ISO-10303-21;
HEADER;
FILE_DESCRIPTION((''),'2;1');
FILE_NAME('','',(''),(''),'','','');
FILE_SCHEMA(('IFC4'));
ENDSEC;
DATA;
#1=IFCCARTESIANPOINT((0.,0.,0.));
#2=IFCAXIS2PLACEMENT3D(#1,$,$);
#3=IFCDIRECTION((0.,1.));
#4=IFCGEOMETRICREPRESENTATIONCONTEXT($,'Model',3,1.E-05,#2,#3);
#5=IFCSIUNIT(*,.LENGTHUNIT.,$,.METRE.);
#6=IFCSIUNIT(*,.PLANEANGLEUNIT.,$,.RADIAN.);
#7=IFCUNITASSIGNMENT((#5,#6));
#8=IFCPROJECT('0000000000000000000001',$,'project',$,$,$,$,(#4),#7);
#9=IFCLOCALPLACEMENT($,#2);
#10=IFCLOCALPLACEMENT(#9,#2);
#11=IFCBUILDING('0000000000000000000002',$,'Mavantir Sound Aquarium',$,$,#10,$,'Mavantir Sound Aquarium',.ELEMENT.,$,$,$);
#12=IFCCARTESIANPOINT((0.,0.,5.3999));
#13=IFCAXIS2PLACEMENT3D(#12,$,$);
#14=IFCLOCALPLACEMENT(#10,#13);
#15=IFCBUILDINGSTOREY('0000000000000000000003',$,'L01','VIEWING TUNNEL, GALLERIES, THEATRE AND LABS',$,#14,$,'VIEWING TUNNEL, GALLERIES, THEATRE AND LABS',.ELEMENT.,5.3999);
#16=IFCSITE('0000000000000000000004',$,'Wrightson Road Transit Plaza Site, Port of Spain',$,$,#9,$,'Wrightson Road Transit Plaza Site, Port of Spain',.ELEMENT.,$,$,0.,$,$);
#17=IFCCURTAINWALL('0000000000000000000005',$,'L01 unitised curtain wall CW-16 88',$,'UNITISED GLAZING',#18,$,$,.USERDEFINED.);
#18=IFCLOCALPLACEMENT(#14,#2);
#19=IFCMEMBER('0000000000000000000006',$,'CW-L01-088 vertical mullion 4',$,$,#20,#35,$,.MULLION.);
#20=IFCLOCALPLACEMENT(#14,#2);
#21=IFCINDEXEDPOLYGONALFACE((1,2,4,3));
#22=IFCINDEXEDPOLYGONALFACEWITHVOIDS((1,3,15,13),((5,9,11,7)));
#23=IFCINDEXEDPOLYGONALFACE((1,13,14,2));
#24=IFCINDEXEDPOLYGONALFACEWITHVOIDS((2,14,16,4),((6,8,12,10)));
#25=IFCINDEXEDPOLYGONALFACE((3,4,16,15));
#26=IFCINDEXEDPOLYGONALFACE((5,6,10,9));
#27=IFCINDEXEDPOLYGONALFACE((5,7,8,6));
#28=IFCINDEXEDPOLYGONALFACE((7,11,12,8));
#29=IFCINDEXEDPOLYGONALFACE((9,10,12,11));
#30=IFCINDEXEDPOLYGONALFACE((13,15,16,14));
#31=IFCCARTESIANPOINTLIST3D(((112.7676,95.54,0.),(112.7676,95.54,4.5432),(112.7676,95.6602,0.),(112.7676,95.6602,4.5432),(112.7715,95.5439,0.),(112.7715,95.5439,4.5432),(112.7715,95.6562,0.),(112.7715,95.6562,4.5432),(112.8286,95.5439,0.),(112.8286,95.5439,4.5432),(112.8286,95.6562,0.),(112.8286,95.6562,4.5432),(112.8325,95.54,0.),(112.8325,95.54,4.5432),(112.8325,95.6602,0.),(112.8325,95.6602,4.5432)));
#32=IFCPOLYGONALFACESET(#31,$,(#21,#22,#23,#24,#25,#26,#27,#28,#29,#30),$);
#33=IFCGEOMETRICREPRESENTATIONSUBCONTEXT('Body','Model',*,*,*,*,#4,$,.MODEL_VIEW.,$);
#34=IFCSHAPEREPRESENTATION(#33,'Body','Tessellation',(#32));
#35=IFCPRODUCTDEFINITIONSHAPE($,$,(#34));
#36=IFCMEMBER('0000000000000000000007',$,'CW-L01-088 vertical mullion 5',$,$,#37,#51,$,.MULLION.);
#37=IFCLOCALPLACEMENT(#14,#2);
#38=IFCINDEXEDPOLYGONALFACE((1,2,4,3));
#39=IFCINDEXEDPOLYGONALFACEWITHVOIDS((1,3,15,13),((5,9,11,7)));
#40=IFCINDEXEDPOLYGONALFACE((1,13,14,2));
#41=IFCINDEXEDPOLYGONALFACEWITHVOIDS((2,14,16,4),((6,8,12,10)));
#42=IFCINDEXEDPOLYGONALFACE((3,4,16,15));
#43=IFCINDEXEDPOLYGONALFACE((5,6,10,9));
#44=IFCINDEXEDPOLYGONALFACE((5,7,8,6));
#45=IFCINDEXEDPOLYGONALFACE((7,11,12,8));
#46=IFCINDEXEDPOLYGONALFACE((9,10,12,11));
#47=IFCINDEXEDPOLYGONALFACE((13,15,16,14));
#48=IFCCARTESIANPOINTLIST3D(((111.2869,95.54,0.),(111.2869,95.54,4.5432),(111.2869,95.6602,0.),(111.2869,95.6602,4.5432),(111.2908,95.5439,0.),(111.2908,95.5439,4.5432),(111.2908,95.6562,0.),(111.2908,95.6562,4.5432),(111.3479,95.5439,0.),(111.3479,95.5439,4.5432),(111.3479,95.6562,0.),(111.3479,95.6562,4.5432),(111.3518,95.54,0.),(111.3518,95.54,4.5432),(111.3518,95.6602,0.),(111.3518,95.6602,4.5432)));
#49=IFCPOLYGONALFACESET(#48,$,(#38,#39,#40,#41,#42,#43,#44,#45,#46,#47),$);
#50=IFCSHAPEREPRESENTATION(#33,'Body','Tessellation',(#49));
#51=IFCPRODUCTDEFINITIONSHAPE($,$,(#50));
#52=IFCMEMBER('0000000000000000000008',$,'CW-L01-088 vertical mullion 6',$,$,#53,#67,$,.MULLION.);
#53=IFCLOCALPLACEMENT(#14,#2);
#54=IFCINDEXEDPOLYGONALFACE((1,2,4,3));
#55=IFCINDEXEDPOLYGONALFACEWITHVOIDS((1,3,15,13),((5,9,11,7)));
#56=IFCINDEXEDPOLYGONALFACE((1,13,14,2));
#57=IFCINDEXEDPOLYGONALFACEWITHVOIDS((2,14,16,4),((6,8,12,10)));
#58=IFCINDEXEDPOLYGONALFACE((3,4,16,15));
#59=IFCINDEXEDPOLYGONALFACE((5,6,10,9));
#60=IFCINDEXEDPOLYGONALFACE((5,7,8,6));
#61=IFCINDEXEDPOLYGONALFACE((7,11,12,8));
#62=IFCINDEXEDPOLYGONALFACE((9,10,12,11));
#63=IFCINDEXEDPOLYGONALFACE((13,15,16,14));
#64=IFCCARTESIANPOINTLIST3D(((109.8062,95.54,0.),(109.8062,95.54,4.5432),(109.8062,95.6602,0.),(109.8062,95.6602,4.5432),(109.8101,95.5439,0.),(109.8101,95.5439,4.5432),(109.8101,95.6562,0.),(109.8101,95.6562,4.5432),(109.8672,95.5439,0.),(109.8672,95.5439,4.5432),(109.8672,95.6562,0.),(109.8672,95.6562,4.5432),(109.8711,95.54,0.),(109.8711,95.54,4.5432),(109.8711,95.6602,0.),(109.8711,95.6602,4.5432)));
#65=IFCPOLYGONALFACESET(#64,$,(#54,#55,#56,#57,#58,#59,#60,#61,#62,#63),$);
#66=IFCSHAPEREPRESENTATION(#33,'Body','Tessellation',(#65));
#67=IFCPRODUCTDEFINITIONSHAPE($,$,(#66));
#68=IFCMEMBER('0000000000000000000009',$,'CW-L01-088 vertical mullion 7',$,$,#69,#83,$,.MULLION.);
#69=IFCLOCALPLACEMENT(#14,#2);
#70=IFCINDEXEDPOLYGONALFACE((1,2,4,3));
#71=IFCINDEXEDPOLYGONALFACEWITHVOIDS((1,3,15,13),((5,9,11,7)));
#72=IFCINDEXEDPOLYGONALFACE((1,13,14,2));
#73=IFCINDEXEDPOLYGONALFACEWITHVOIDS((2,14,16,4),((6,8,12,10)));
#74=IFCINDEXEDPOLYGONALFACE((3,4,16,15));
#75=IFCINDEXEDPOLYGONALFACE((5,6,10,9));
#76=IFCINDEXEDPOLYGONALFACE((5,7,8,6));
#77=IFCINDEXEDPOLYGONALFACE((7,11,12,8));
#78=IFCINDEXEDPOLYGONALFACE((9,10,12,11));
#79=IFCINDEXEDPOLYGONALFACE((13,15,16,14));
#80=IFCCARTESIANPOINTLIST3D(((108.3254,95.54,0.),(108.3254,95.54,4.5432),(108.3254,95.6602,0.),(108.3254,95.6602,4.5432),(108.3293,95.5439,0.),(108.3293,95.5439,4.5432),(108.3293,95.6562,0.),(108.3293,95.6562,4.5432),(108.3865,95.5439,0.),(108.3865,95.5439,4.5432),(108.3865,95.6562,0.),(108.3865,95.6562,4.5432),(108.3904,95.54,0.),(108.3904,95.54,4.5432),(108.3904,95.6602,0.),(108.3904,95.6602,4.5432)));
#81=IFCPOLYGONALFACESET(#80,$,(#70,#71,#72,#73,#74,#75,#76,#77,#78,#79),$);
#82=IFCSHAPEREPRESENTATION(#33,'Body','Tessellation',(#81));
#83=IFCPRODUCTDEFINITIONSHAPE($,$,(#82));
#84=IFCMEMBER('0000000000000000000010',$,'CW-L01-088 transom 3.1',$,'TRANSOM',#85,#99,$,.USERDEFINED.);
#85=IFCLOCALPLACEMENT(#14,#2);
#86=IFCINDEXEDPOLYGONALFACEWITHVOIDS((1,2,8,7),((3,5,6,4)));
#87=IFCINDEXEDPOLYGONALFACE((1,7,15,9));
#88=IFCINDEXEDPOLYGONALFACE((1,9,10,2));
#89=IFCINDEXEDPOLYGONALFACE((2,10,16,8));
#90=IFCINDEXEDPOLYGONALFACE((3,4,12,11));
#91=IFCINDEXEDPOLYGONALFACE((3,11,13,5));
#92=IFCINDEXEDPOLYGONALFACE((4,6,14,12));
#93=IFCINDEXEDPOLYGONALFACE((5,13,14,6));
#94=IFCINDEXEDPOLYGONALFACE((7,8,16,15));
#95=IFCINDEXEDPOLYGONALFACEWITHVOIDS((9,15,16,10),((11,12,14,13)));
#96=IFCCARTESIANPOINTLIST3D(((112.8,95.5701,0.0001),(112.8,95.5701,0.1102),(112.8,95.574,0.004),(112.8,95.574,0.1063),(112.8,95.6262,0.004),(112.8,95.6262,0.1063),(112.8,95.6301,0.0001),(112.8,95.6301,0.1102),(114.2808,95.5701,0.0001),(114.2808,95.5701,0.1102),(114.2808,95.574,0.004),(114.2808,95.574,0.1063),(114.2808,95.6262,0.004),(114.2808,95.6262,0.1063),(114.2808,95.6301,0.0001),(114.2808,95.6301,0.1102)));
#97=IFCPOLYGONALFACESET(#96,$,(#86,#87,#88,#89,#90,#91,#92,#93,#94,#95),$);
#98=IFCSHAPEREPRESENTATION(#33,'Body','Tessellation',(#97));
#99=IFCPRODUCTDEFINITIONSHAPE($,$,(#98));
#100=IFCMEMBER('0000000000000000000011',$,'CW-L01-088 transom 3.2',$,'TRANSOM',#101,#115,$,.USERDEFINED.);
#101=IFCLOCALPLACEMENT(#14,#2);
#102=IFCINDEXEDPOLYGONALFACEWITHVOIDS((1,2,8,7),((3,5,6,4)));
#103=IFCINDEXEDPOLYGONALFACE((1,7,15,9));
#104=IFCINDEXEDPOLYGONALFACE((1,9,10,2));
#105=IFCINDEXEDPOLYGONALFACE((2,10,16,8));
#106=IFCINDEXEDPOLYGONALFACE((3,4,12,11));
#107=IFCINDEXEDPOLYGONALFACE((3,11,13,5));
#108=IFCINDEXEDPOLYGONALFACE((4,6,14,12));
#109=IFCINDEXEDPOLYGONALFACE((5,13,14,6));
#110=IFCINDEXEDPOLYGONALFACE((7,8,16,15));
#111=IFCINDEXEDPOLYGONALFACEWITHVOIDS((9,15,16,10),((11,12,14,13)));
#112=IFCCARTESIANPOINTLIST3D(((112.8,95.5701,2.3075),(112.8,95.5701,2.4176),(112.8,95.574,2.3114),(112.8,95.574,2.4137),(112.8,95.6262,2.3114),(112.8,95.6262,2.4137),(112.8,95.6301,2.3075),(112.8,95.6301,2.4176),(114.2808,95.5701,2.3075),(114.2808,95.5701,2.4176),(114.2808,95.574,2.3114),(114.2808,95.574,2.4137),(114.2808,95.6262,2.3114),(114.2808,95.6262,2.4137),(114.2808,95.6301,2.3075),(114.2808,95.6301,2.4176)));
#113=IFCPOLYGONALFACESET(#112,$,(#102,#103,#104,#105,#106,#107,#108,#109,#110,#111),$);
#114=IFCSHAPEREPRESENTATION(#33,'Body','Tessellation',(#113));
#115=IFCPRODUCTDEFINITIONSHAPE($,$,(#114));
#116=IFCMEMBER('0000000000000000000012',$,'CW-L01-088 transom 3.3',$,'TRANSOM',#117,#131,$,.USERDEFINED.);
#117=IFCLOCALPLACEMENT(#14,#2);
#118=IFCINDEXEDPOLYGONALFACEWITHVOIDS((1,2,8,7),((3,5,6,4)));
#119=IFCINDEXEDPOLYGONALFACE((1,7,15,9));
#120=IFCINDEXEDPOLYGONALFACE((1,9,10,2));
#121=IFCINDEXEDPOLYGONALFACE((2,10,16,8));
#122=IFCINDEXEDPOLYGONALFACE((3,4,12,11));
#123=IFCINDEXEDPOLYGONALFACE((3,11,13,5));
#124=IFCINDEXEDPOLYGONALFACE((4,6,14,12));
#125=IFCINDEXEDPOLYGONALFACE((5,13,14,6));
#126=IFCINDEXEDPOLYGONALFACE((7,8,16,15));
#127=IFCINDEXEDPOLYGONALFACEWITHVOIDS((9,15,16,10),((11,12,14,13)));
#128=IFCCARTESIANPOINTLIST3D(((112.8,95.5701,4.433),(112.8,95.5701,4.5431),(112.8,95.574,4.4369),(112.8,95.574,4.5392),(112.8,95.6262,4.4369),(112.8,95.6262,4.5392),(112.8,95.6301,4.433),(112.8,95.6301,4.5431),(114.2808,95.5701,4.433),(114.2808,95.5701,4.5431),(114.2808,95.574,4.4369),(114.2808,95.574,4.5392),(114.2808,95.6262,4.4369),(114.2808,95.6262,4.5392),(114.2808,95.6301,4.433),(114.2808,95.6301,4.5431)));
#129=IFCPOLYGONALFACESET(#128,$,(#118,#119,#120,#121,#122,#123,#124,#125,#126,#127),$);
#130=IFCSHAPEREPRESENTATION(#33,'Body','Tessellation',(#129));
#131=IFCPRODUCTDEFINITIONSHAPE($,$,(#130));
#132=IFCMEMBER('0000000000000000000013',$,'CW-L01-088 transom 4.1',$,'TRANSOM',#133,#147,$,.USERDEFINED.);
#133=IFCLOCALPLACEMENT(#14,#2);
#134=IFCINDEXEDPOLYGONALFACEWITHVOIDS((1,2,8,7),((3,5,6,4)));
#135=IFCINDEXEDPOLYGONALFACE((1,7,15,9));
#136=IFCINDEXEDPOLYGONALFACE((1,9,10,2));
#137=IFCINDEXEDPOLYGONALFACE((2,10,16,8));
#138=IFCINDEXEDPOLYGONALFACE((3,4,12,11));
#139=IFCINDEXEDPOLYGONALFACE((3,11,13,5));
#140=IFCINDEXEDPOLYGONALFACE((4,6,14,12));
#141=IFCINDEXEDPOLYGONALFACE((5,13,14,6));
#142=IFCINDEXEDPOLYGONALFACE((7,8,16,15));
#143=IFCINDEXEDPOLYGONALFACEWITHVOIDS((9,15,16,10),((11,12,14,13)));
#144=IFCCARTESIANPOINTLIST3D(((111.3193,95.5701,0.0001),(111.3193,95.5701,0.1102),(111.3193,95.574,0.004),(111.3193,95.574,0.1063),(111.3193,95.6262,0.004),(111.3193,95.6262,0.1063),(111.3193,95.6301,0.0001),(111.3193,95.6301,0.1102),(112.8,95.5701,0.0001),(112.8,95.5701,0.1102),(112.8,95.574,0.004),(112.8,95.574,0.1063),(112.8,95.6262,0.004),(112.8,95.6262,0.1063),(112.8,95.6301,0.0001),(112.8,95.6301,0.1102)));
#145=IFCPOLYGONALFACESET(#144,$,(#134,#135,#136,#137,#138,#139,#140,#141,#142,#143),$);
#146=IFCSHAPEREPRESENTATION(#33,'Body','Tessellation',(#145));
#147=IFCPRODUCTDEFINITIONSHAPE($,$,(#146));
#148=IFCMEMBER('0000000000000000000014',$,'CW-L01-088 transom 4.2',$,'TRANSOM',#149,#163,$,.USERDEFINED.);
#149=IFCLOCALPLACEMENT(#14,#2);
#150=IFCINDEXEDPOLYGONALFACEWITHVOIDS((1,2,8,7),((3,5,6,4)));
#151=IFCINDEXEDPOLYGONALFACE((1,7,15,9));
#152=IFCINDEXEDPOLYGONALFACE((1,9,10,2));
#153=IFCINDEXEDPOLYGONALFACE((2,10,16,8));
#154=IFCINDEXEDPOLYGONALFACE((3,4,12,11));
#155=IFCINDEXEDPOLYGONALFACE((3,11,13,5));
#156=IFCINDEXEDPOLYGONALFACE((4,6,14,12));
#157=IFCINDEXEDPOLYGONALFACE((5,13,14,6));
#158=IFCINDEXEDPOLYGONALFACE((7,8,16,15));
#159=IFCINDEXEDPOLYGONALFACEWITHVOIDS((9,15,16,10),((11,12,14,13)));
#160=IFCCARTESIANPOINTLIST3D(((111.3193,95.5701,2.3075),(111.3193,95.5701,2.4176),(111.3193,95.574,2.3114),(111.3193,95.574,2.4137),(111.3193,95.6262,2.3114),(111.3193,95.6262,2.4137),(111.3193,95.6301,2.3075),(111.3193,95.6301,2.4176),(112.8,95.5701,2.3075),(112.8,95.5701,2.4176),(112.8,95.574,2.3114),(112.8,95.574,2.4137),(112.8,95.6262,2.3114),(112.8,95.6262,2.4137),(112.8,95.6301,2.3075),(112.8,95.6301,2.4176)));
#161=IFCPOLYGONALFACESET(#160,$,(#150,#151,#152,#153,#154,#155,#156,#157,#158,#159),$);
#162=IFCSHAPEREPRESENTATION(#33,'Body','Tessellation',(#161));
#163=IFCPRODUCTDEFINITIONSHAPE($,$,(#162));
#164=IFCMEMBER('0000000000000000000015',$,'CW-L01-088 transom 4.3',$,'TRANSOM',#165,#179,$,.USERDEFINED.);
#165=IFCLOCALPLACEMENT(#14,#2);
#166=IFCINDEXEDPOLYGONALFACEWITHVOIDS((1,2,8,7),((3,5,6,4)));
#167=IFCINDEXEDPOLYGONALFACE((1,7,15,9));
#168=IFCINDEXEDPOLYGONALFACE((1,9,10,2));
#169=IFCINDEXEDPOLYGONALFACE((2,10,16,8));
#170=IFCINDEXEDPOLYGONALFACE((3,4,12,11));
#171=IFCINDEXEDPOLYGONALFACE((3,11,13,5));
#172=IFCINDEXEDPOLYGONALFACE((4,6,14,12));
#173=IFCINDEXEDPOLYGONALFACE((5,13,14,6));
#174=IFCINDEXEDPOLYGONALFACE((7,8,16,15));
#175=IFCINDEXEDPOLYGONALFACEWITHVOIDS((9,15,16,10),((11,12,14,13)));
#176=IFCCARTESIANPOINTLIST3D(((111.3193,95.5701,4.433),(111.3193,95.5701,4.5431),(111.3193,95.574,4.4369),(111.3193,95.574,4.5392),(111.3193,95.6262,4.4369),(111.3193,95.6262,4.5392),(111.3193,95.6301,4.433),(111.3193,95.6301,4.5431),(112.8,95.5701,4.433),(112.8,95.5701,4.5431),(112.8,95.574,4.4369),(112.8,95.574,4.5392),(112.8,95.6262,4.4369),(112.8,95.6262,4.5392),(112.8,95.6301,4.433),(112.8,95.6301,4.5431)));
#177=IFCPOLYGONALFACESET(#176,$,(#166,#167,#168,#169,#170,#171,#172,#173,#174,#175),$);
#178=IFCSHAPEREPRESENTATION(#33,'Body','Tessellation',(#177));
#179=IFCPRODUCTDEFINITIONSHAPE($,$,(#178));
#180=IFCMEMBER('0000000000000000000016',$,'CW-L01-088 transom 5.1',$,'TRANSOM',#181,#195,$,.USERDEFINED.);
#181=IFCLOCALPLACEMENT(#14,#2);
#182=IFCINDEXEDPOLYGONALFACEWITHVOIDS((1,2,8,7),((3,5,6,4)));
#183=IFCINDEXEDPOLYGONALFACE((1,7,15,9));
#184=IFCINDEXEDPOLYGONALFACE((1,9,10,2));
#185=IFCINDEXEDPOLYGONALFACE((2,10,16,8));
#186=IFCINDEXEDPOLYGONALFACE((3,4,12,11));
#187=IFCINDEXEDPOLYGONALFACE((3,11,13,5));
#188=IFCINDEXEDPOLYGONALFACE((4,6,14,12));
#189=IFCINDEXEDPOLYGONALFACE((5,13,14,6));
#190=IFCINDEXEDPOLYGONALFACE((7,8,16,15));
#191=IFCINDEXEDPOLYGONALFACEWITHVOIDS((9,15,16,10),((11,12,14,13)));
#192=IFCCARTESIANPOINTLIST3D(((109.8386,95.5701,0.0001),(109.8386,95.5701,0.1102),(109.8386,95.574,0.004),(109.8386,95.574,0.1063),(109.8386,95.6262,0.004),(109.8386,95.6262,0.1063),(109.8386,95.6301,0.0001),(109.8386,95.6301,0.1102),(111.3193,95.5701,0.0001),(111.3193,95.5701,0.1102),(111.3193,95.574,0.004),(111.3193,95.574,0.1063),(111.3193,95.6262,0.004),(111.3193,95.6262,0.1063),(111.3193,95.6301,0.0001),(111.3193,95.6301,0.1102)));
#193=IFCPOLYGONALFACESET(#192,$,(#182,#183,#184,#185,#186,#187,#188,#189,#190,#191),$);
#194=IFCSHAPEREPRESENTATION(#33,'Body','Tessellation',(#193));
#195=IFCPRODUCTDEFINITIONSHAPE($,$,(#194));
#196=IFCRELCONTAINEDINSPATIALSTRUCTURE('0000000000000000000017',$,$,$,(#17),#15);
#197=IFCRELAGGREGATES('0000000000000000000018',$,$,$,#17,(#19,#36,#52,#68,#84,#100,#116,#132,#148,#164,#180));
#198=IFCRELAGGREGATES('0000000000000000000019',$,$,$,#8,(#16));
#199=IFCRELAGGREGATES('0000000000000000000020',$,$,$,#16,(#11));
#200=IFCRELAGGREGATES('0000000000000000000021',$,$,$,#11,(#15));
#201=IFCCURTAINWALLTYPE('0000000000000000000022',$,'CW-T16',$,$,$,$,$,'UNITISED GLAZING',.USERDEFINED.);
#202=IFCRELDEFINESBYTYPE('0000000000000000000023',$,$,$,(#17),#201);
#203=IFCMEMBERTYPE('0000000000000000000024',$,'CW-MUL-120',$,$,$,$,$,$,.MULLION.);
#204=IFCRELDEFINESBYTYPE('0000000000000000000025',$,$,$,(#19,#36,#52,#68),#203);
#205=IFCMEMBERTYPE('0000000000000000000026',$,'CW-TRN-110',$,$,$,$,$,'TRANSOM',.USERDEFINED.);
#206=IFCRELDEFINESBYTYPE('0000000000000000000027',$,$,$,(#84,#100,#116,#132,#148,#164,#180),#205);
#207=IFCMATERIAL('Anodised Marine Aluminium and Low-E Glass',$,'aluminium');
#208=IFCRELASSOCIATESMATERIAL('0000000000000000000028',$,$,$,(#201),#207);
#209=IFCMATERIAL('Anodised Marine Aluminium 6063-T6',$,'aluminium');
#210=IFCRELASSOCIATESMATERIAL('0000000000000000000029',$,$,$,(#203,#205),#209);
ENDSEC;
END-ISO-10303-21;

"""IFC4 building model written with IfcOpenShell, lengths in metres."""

from ifc_helpers import new_model, si_unit, direction, frame, origin, origin_2d, place, context, subcontext, project, spatial, hollow_rectangle, extrude, material, material_profile, profile_set, type_object, element, aggregate, save


model = new_model("IFC4")

# Units and contexts
model_context = context("Model", 3, precision=1e-05, world=origin(), true_north=direction((0.0, 1.0)))
body_context = subcontext(model_context, "Body", "Model", "MODEL_VIEW")
ifc_project = project(units=[si_unit("LENGTHUNIT", "METRE"), si_unit("PLANEANGLEUNIT", "RADIAN")], contexts=[model_context])

# Site, building, storey
site_placement = place(None, origin())
site = spatial("IfcSite", under=ifc_project, at=site_placement, Name="Wrightson Road Transit Plaza Site, Port of Spain", LongName="Wrightson Road Transit Plaza Site, Port of Spain", CompositionType="ELEMENT", RefElevation=0.0)
building_placement = place(site_placement, origin())
building = spatial("IfcBuilding", under=site, at=building_placement, Name="Mavantir Sound Aquarium", LongName="Mavantir Sound Aquarium", CompositionType="ELEMENT")
storey_placement = place(building_placement, frame((0.0, 0.0, 5.3999)))
storey = spatial("IfcBuildingStorey", under=building, at=storey_placement, Name="L01", Description="VIEWING TUNNEL, GALLERIES, THEATRE AND LABS", LongName="VIEWING TUNNEL, GALLERIES, THEATRE AND LABS", CompositionType="ELEMENT", Elevation=5.3999)

# Curtain wall, members
ifc_material_1 = material(Name="Anodised Marine Aluminium and Low-E Glass", Category="aluminium")
curtain_wall_type = type_object("IfcCurtainWallType", Name="CW-T16", ElementType="UNITISED GLAZING", PredefinedType="USERDEFINED", material=ifc_material_1)
curtain_wall_placement = place(storey_placement, origin())
curtain_wall = element("IfcCurtainWall", 1, at=curtain_wall_placement, inside=storey, type_object=curtain_wall_type, Name="L01 unitised curtain wall CW-16 88", ObjectType="UNITISED GLAZING", PredefinedType="USERDEFINED")
ifc_material_2 = material(Name="Anodised Marine Aluminium 6063-T6", Category="aluminium")
ifc_material_profile_1 = material_profile(ifc_material_2, hollow_rectangle(XDim=0.0649, YDim=0.1201, WallThickness=0.0039, at=origin_2d()), Name="ALU-MULLION-120X65")
ifc_profile_set_1 = profile_set([ifc_material_profile_1], Name="Anodised Marine Aluminium 6063-T6")
member_type_1 = type_object("IfcMemberType", Name="CW-MUL-120", PredefinedType="MULLION", material=ifc_profile_set_1)
member_1_placement = place(storey_placement, frame((112.8, 95.6001, 0.0), z_axis=(0.0, 0.0, 1.0), x_axis=(1.0, 0.0, 0.0)))
member_1 = element("IfcMember", 2, at=member_1_placement, type_object=member_type_1, Name="CW-L01-088 vertical mullion 4", PredefinedType="MULLION", context=body_context, shape_type="SweptSolid", body=[
    extrude(hollow_rectangle(XDim=0.0649, YDim=0.1201, WallThickness=0.0039, at=origin_2d()), origin(), (0.0, 0.0, 1.0), 4.5432),
])
member_2_placement = place(storey_placement, frame((111.3193, 95.6001, 0.0), z_axis=(0.0, 0.0, 1.0), x_axis=(1.0, 0.0, 0.0)))
member_2 = element("IfcMember", 3, at=member_2_placement, type_object=member_type_1, Name="CW-L01-088 vertical mullion 5", PredefinedType="MULLION", context=body_context, shape_type="SweptSolid", body=[
    extrude(hollow_rectangle(XDim=0.0649, YDim=0.1201, WallThickness=0.0039, at=origin_2d()), origin(), (0.0, 0.0, 1.0), 4.5432),
])
member_3_placement = place(storey_placement, frame((109.8386, 95.6001, 0.0), z_axis=(0.0, 0.0, 1.0), x_axis=(1.0, 0.0, 0.0)))
member_3 = element("IfcMember", 4, at=member_3_placement, type_object=member_type_1, Name="CW-L01-088 vertical mullion 6", PredefinedType="MULLION", context=body_context, shape_type="SweptSolid", body=[
    extrude(hollow_rectangle(XDim=0.0649, YDim=0.1201, WallThickness=0.0039, at=origin_2d()), origin(), (0.0, 0.0, 1.0), 4.5432),
])
member_4_placement = place(storey_placement, frame((108.3579, 95.6001, 0.0), z_axis=(0.0, 0.0, 1.0), x_axis=(1.0, 0.0, 0.0)))
member_4 = element("IfcMember", 5, at=member_4_placement, type_object=member_type_1, Name="CW-L01-088 vertical mullion 7", PredefinedType="MULLION", context=body_context, shape_type="SweptSolid", body=[
    extrude(hollow_rectangle(XDim=0.0649, YDim=0.1201, WallThickness=0.0039, at=origin_2d()), origin(), (0.0, 0.0, 1.0), 4.5432),
])
ifc_material_profile_2 = material_profile(ifc_material_2, hollow_rectangle(XDim=0.0601, YDim=0.1101, WallThickness=0.0039, at=origin_2d()), Name="ALU-TRANSOM-110X60")
ifc_profile_set_2 = profile_set([ifc_material_profile_2], Name="Anodised Marine Aluminium 6063-T6")
member_type_2 = type_object("IfcMemberType", Name="CW-TRN-110", ElementType="TRANSOM", PredefinedType="USERDEFINED", material=ifc_profile_set_2)
member_5_placement = place(storey_placement, frame((114.2808, 95.6001, 0.0552), z_axis=(-1.0, 0.0, 0.0), x_axis=(0.0, -1.0, 0.0)))
member_5 = element("IfcMember", 6, at=member_5_placement, type_object=member_type_2, Name="CW-L01-088 transom 3.1", ObjectType="TRANSOM", PredefinedType="USERDEFINED", context=body_context, shape_type="SweptSolid", body=[
    extrude(hollow_rectangle(XDim=0.0601, YDim=0.1101, WallThickness=0.0039, at=origin_2d()), origin(), (0.0, 0.0, 1.0), 1.4807),
])
member_6_placement = place(storey_placement, frame((114.2808, 95.6001, 2.3625), z_axis=(-1.0, 0.0, 0.0), x_axis=(0.0, -1.0, 0.0)))
member_6 = element("IfcMember", 7, at=member_6_placement, type_object=member_type_2, Name="CW-L01-088 transom 3.2", ObjectType="TRANSOM", PredefinedType="USERDEFINED", context=body_context, shape_type="SweptSolid", body=[
    extrude(hollow_rectangle(XDim=0.0601, YDim=0.1101, WallThickness=0.0039, at=origin_2d()), origin(), (0.0, 0.0, 1.0), 1.4807),
])
member_7_placement = place(storey_placement, frame((114.2808, 95.6001, 4.488), z_axis=(-1.0, 0.0, 0.0), x_axis=(0.0, -1.0, 0.0)))
member_7 = element("IfcMember", 8, at=member_7_placement, type_object=member_type_2, Name="CW-L01-088 transom 3.3", ObjectType="TRANSOM", PredefinedType="USERDEFINED", context=body_context, shape_type="SweptSolid", body=[
    extrude(hollow_rectangle(XDim=0.0601, YDim=0.1101, WallThickness=0.0039, at=origin_2d()), origin(), (0.0, 0.0, 1.0), 1.4807),
])
member_8_placement = place(storey_placement, frame((112.8, 95.6001, 0.0552), z_axis=(-1.0, 0.0, 0.0), x_axis=(0.0, -1.0, 0.0)))
member_8 = element("IfcMember", 9, at=member_8_placement, type_object=member_type_2, Name="CW-L01-088 transom 4.1", ObjectType="TRANSOM", PredefinedType="USERDEFINED", context=body_context, shape_type="SweptSolid", body=[
    extrude(hollow_rectangle(XDim=0.0601, YDim=0.1101, WallThickness=0.0039, at=origin_2d()), origin(), (0.0, 0.0, 1.0), 1.4807),
])
member_9_placement = place(storey_placement, frame((112.8, 95.6001, 2.3625), z_axis=(-1.0, 0.0, 0.0), x_axis=(0.0, -1.0, 0.0)))
member_9 = element("IfcMember", 10, at=member_9_placement, type_object=member_type_2, Name="CW-L01-088 transom 4.2", ObjectType="TRANSOM", PredefinedType="USERDEFINED", context=body_context, shape_type="SweptSolid", body=[
    extrude(hollow_rectangle(XDim=0.0601, YDim=0.1101, WallThickness=0.0039, at=origin_2d()), origin(), (0.0, 0.0, 1.0), 1.4807),
])
member_10_placement = place(storey_placement, frame((112.8, 95.6001, 4.488), z_axis=(-1.0, 0.0, 0.0), x_axis=(0.0, -1.0, 0.0)))
member_10 = element("IfcMember", 11, at=member_10_placement, type_object=member_type_2, Name="CW-L01-088 transom 4.3", ObjectType="TRANSOM", PredefinedType="USERDEFINED", context=body_context, shape_type="SweptSolid", body=[
    extrude(hollow_rectangle(XDim=0.0601, YDim=0.1101, WallThickness=0.0039, at=origin_2d()), origin(), (0.0, 0.0, 1.0), 1.4807),
])
member_11_placement = place(storey_placement, frame((111.3193, 95.6001, 0.0552), z_axis=(-1.0, 0.0, 0.0), x_axis=(0.0, -1.0, 0.0)))
member_11 = element("IfcMember", 12, at=member_11_placement, type_object=member_type_2, Name="CW-L01-088 transom 5.1", ObjectType="TRANSOM", PredefinedType="USERDEFINED", context=body_context, shape_type="SweptSolid", body=[
    extrude(hollow_rectangle(XDim=0.0601, YDim=0.1101, WallThickness=0.0039, at=origin_2d()), origin(), (0.0, 0.0, 1.0), 1.4807),
])
aggregate(curtain_wall, [member_1, member_2, member_3, member_4, member_5, member_6, member_7, member_8, member_9, member_10, member_11])

save(model, "model.ifc")
